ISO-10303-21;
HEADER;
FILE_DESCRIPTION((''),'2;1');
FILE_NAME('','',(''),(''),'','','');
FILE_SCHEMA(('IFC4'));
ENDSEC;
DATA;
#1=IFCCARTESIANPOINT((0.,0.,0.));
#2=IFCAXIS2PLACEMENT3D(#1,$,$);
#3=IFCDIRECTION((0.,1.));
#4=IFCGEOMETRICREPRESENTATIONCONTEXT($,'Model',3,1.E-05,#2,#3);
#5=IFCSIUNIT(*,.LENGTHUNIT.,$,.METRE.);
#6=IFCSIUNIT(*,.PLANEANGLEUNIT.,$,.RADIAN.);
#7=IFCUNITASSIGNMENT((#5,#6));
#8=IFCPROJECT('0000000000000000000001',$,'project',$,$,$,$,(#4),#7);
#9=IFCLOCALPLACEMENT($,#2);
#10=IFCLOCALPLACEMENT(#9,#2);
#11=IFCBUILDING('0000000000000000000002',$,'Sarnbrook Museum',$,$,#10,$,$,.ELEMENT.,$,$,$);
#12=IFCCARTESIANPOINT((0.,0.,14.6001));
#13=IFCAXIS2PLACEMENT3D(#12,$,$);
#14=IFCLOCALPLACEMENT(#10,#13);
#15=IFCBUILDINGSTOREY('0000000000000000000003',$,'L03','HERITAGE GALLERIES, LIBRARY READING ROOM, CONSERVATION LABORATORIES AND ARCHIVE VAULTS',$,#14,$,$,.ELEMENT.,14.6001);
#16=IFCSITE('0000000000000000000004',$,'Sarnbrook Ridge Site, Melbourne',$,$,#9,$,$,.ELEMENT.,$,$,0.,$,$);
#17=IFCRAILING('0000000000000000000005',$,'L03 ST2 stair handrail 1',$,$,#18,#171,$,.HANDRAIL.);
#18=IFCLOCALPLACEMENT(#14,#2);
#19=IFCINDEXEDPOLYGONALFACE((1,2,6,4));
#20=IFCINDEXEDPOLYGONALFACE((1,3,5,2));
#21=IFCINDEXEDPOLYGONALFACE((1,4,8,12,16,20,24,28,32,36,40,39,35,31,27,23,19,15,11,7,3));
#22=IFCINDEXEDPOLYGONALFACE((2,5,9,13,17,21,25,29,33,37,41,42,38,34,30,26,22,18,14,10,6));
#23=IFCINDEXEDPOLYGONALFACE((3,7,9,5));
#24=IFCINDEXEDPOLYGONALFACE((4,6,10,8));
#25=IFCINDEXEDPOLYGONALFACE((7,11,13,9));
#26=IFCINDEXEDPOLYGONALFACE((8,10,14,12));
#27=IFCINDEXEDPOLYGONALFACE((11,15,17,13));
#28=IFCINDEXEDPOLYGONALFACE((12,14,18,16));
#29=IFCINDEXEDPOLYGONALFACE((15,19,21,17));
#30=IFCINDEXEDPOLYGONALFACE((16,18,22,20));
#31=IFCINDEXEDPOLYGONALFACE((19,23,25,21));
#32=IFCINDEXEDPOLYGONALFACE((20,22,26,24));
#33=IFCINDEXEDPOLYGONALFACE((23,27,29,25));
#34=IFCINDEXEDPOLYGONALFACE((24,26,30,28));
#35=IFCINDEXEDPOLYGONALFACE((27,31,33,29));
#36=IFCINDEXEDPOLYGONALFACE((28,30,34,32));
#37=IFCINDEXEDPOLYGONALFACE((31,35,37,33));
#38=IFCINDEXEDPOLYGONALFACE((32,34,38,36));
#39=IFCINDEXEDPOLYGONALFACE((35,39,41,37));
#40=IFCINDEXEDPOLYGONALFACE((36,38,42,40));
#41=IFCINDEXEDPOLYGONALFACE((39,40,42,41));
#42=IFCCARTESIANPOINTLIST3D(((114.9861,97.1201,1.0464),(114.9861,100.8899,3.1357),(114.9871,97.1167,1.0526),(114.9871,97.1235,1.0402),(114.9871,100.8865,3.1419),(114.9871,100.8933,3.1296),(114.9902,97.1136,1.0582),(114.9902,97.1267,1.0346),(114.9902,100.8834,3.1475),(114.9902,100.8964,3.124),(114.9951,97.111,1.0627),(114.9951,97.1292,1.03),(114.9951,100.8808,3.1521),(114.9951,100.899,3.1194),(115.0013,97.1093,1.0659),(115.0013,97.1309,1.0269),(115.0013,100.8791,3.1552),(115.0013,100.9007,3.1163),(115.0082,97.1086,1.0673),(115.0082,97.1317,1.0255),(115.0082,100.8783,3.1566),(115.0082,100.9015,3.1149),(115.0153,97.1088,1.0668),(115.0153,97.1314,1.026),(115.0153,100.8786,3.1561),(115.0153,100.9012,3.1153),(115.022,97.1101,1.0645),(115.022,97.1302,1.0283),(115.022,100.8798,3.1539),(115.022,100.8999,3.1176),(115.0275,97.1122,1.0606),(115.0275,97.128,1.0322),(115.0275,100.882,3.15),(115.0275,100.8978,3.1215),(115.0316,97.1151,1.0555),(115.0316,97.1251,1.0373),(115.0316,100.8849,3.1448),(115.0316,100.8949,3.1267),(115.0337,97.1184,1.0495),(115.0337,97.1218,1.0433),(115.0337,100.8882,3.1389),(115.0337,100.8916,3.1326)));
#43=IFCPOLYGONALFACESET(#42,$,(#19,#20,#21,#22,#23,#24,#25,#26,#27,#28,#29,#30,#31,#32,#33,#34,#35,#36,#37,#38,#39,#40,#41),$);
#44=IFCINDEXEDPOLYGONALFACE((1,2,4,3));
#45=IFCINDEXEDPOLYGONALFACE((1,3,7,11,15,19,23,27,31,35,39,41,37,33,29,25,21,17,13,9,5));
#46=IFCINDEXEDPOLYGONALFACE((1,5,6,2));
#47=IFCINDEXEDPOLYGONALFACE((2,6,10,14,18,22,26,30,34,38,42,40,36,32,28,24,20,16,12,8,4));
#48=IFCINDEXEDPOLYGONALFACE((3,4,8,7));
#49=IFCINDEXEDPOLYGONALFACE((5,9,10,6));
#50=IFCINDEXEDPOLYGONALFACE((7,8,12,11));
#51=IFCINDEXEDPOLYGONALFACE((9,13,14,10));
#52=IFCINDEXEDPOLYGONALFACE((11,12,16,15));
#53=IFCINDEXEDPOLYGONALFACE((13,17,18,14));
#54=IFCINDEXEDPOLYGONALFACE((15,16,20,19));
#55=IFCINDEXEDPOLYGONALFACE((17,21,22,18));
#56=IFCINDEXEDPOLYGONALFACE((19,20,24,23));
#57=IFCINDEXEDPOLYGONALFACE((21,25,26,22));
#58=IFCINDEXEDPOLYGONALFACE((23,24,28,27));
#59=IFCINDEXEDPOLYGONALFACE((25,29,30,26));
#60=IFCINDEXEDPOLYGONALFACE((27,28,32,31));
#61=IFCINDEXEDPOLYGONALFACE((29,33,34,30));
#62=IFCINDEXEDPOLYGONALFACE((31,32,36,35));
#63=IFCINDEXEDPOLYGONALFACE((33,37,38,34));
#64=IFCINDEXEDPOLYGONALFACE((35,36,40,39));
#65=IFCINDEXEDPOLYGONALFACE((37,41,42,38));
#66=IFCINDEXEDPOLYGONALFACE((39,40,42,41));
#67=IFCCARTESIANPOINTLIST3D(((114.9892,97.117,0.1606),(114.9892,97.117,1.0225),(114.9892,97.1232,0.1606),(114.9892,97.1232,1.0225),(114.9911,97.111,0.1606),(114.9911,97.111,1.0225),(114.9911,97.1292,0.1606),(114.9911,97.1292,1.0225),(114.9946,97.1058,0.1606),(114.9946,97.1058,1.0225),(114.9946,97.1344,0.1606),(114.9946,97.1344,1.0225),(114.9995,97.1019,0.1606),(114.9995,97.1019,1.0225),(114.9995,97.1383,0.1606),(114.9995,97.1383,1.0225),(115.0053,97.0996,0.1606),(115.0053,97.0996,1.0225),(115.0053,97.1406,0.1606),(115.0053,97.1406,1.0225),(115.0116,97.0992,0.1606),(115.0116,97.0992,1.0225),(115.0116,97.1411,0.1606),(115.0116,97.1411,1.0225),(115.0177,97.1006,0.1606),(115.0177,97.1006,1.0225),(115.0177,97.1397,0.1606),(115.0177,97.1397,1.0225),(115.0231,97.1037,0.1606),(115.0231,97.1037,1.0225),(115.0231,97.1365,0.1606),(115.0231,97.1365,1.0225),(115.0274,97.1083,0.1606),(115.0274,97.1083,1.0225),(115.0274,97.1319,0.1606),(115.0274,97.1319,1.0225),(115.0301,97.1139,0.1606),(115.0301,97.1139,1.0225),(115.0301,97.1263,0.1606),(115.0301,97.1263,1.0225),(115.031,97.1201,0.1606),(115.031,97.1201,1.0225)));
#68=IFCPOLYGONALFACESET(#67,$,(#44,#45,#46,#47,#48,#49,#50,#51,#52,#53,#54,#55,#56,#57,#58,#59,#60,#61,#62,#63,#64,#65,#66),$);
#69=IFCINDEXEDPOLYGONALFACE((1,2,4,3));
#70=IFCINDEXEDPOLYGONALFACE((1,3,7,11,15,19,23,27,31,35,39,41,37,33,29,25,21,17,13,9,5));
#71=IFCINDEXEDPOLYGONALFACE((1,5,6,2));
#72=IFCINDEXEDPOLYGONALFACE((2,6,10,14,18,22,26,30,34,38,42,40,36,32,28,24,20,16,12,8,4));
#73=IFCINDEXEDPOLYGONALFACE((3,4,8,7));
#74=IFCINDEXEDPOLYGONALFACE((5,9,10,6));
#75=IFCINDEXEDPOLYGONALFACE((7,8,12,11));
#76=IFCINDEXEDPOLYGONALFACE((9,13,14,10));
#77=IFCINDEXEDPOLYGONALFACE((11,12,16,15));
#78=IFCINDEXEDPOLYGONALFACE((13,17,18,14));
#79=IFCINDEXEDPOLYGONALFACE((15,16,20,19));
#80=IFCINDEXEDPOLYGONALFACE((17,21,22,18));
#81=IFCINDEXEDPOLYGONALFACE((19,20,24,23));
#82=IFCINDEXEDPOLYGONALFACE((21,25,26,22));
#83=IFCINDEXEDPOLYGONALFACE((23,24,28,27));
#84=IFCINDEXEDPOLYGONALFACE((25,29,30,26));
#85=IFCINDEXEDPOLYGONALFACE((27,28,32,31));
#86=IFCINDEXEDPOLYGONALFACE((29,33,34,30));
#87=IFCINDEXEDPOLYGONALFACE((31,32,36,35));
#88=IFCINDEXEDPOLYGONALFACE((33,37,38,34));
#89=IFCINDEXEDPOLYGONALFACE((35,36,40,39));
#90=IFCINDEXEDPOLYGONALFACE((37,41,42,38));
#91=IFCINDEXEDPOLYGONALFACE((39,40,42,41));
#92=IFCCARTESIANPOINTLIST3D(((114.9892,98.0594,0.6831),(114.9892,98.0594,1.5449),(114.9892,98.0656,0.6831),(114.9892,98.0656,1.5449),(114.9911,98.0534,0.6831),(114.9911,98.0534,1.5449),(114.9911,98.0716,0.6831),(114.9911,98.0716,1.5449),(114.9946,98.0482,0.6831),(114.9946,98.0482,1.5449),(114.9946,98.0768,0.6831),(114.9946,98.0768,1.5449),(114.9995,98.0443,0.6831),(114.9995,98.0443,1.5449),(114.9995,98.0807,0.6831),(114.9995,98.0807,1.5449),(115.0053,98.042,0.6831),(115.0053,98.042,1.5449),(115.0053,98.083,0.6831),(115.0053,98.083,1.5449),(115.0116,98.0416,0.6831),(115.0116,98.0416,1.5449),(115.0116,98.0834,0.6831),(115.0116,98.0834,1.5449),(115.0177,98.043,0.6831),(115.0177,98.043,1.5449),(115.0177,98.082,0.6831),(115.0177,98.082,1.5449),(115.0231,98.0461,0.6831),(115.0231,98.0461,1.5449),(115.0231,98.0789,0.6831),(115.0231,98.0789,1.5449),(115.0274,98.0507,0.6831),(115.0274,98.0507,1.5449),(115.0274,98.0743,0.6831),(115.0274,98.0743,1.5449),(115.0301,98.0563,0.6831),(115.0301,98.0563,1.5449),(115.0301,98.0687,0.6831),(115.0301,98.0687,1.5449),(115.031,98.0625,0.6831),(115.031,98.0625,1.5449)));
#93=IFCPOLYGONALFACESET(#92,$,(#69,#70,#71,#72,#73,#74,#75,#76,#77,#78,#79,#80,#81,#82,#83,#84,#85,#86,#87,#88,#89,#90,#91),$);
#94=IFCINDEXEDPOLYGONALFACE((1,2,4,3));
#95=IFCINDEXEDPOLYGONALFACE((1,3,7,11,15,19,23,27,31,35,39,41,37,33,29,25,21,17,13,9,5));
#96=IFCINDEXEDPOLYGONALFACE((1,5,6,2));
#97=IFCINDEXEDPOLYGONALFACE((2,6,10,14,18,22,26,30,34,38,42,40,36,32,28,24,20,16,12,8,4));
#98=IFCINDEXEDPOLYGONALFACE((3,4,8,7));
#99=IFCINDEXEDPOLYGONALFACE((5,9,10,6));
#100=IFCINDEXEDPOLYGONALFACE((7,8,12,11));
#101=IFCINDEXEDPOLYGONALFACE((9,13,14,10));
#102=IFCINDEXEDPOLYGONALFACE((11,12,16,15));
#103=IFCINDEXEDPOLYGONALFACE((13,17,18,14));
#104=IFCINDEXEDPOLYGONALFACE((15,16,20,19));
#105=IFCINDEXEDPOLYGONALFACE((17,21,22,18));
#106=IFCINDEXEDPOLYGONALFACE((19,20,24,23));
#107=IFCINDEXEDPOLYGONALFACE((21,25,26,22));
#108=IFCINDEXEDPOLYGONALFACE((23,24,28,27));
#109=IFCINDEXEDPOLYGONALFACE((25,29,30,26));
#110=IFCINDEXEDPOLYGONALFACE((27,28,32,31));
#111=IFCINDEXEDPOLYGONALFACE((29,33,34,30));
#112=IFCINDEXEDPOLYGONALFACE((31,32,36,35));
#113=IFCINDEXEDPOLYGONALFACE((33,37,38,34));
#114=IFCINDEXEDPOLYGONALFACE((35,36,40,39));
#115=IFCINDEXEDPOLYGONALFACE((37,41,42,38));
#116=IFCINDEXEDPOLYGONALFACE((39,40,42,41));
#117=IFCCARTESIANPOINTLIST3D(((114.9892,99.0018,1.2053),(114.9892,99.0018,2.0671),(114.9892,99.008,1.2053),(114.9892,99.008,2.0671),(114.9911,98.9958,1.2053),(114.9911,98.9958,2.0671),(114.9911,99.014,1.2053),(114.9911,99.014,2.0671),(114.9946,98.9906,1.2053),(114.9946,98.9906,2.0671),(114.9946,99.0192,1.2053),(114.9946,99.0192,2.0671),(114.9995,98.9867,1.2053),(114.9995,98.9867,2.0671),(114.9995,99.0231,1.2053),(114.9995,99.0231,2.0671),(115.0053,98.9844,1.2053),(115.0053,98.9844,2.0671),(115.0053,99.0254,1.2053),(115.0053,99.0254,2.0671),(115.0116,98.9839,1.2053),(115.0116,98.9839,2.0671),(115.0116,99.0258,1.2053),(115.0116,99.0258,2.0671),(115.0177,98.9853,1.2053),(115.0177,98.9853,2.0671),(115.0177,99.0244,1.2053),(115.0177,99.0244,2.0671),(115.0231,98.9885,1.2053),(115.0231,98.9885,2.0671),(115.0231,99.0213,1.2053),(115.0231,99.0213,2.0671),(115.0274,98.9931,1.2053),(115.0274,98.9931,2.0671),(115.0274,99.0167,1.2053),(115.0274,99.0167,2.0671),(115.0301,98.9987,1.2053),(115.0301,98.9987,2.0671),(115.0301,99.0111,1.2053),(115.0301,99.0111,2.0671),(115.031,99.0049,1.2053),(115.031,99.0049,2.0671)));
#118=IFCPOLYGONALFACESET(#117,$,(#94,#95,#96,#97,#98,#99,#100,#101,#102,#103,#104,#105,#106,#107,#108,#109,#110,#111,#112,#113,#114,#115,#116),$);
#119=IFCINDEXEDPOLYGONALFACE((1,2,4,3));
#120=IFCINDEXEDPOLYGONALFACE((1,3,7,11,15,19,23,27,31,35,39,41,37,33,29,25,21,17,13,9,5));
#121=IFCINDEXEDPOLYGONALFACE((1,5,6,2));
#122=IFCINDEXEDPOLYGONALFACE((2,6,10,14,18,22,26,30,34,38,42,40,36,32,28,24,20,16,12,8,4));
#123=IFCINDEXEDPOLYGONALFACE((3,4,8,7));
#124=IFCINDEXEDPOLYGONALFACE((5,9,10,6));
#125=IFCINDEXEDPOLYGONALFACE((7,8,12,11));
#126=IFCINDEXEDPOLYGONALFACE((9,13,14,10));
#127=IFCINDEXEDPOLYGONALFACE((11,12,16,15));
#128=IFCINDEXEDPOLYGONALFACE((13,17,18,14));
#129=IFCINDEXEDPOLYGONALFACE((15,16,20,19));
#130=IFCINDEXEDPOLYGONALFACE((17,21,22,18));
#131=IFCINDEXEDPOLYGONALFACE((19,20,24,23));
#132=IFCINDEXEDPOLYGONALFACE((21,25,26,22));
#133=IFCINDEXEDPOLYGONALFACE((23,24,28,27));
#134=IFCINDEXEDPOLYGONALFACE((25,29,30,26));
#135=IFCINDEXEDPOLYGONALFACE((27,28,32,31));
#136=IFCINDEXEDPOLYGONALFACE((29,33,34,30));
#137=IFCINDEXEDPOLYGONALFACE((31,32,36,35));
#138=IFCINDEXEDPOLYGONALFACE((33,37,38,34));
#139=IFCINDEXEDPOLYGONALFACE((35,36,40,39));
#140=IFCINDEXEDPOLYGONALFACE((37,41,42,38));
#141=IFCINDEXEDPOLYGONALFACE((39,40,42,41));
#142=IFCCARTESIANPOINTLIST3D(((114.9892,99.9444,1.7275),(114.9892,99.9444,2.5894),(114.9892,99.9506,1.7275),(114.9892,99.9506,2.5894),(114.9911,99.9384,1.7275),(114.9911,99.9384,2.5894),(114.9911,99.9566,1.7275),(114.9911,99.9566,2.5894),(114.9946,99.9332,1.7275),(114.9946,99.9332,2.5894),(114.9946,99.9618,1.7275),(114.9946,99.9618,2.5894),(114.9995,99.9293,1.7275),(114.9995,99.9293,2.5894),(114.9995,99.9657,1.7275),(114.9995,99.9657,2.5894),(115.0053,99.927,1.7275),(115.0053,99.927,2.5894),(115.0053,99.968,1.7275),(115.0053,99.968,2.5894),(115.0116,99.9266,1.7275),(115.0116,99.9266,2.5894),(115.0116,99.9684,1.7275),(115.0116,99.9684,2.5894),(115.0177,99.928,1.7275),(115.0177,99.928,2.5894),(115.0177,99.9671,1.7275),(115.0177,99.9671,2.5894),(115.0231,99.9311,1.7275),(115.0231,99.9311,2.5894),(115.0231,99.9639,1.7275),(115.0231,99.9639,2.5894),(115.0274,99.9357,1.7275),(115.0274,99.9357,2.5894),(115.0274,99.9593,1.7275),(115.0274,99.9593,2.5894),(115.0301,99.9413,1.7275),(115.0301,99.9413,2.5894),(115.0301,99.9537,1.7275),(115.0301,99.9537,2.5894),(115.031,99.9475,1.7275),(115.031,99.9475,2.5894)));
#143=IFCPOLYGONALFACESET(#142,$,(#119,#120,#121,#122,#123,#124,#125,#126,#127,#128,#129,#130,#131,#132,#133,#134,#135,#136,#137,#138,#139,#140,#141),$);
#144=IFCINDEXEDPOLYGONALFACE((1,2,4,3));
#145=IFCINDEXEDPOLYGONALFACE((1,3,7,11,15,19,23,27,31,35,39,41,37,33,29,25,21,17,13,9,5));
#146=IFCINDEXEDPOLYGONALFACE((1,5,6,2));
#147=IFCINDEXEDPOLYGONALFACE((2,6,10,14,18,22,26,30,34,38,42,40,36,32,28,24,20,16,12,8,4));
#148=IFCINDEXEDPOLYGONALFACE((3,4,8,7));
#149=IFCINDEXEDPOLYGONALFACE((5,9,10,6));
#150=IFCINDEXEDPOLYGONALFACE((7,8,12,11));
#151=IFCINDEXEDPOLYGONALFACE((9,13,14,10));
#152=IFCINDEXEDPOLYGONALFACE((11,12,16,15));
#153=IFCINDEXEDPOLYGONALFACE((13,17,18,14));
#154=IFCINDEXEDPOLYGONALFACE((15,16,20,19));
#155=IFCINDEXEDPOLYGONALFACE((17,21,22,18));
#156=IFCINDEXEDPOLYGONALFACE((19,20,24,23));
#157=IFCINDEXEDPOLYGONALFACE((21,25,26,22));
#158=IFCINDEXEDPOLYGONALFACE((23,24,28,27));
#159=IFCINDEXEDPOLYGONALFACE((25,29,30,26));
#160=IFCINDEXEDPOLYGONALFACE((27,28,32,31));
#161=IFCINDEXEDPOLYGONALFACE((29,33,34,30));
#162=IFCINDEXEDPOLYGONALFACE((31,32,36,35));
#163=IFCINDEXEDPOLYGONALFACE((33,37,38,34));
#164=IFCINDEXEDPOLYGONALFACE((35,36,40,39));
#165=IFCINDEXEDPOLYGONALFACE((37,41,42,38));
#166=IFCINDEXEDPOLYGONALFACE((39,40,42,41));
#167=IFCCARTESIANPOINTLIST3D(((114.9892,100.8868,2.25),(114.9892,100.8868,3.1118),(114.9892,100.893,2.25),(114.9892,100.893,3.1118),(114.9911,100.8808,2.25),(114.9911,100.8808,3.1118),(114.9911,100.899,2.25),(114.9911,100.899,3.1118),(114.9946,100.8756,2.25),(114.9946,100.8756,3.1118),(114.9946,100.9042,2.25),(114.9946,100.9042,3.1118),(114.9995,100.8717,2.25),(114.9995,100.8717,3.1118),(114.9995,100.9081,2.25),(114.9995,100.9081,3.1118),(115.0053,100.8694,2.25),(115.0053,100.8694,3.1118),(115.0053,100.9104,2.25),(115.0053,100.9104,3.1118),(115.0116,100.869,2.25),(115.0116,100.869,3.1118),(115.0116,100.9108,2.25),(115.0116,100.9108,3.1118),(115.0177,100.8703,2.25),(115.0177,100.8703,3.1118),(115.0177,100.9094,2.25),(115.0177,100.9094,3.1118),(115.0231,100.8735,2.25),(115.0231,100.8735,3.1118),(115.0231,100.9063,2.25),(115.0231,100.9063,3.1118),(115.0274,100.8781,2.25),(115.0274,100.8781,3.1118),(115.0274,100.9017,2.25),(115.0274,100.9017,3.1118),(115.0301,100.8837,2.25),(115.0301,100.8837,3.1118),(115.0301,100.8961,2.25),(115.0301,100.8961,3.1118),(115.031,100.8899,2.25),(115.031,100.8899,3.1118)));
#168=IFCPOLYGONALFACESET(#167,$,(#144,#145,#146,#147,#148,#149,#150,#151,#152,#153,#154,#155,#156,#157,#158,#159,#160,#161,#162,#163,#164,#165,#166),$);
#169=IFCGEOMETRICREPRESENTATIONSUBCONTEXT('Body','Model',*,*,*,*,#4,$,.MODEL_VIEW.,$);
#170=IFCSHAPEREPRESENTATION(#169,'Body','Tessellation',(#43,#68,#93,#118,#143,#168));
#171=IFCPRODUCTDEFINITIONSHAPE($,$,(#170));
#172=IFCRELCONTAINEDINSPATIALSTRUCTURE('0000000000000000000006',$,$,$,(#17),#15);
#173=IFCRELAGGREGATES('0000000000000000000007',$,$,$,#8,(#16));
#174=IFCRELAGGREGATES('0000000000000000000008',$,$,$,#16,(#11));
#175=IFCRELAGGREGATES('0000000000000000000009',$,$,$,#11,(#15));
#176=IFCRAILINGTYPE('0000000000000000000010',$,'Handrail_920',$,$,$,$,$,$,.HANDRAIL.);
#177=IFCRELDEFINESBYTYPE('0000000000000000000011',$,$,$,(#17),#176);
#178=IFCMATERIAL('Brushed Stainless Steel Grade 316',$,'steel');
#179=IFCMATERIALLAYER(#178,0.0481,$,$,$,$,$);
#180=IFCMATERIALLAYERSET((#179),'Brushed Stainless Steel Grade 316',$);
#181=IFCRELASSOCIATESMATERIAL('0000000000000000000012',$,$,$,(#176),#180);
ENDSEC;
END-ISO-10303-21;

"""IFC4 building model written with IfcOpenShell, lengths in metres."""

from ifc_helpers import new_model, si_unit, direction, frame, origin, origin_2d, place, context, subcontext, project, spatial, circle, extrude, material, layer, layer_set, type_object, element, save


model = new_model("IFC4")

# Units and contexts
model_context = context("Model", 3, precision=1e-05, world=origin(), true_north=direction((0.0, 1.0)))
body_context = subcontext(model_context, "Body", "Model", "MODEL_VIEW")
ifc_project = project(units=[si_unit("LENGTHUNIT", "METRE"), si_unit("PLANEANGLEUNIT", "RADIAN")], contexts=[model_context])

# Site, building, storey
site_placement = place(None, origin())
site = spatial("IfcSite", under=ifc_project, at=site_placement, Name="Sarnbrook Ridge Site, Melbourne", CompositionType="ELEMENT", RefElevation=0.0)
building_placement = place(site_placement, origin())
building = spatial("IfcBuilding", under=site, at=building_placement, Name="Sarnbrook Museum", CompositionType="ELEMENT")
storey_placement = place(building_placement, frame((0.0, 0.0, 14.6001)))
storey = spatial("IfcBuildingStorey", under=building, at=storey_placement, Name="L03", Description="HERITAGE GALLERIES, LIBRARY READING ROOM, CONSERVATION LABORATORIES AND ARCHIVE VAULTS", CompositionType="ELEMENT", Elevation=14.6001)

# Railing
ifc_material_1 = material(Name="Brushed Stainless Steel Grade 316", Category="steel")
ifc_layer_1 = layer(ifc_material_1, 0.0481)
ifc_layer_set_1 = layer_set([ifc_layer_1], Name="Brushed Stainless Steel Grade 316")
railing_type_1 = type_object("IfcRailingType", Name="Handrail_920", PredefinedType="HANDRAIL", material=ifc_layer_set_1)
railing_1_placement = place(storey_placement, frame((115.01, 97.1201, 0.1606)))
element("IfcRailing", 1, at=railing_1_placement, inside=storey, type_object=railing_type_1, Name="L03 ST2 stair handrail 1", PredefinedType="HANDRAIL", context=body_context, shape_type="SweptSolid", body=[
    extrude(circle(Radius=0.0239, at=origin_2d()), frame((0.0, 0.0, 0.8857), z_axis=(0.0, 0.874646, 0.484763), x_axis=(-1.0, 0.0, 0.0)), (0.0, 0.0, 1.0), 4.3101),
    extrude(circle(Radius=0.021, at=origin_2d()), origin(), (0.0, 0.0, 1.0), 0.8618),
    extrude(circle(Radius=0.021, at=origin_2d()), frame((0.0, 0.9424, 0.5225)), (0.0, 0.0, 1.0), 0.8618),
    extrude(circle(Radius=0.021, at=origin_2d()), frame((0.0, 1.8848, 1.0447)), (0.0, 0.0, 1.0), 0.8618),
    extrude(circle(Radius=0.021, at=origin_2d()), frame((0.0, 2.8274, 1.5669)), (0.0, 0.0, 1.0), 0.8618),
    extrude(circle(Radius=0.021, at=origin_2d()), frame((0.0, 3.7698, 2.0894)), (0.0, 0.0, 1.0), 0.8618),
])

save(model, "model.ifc")
